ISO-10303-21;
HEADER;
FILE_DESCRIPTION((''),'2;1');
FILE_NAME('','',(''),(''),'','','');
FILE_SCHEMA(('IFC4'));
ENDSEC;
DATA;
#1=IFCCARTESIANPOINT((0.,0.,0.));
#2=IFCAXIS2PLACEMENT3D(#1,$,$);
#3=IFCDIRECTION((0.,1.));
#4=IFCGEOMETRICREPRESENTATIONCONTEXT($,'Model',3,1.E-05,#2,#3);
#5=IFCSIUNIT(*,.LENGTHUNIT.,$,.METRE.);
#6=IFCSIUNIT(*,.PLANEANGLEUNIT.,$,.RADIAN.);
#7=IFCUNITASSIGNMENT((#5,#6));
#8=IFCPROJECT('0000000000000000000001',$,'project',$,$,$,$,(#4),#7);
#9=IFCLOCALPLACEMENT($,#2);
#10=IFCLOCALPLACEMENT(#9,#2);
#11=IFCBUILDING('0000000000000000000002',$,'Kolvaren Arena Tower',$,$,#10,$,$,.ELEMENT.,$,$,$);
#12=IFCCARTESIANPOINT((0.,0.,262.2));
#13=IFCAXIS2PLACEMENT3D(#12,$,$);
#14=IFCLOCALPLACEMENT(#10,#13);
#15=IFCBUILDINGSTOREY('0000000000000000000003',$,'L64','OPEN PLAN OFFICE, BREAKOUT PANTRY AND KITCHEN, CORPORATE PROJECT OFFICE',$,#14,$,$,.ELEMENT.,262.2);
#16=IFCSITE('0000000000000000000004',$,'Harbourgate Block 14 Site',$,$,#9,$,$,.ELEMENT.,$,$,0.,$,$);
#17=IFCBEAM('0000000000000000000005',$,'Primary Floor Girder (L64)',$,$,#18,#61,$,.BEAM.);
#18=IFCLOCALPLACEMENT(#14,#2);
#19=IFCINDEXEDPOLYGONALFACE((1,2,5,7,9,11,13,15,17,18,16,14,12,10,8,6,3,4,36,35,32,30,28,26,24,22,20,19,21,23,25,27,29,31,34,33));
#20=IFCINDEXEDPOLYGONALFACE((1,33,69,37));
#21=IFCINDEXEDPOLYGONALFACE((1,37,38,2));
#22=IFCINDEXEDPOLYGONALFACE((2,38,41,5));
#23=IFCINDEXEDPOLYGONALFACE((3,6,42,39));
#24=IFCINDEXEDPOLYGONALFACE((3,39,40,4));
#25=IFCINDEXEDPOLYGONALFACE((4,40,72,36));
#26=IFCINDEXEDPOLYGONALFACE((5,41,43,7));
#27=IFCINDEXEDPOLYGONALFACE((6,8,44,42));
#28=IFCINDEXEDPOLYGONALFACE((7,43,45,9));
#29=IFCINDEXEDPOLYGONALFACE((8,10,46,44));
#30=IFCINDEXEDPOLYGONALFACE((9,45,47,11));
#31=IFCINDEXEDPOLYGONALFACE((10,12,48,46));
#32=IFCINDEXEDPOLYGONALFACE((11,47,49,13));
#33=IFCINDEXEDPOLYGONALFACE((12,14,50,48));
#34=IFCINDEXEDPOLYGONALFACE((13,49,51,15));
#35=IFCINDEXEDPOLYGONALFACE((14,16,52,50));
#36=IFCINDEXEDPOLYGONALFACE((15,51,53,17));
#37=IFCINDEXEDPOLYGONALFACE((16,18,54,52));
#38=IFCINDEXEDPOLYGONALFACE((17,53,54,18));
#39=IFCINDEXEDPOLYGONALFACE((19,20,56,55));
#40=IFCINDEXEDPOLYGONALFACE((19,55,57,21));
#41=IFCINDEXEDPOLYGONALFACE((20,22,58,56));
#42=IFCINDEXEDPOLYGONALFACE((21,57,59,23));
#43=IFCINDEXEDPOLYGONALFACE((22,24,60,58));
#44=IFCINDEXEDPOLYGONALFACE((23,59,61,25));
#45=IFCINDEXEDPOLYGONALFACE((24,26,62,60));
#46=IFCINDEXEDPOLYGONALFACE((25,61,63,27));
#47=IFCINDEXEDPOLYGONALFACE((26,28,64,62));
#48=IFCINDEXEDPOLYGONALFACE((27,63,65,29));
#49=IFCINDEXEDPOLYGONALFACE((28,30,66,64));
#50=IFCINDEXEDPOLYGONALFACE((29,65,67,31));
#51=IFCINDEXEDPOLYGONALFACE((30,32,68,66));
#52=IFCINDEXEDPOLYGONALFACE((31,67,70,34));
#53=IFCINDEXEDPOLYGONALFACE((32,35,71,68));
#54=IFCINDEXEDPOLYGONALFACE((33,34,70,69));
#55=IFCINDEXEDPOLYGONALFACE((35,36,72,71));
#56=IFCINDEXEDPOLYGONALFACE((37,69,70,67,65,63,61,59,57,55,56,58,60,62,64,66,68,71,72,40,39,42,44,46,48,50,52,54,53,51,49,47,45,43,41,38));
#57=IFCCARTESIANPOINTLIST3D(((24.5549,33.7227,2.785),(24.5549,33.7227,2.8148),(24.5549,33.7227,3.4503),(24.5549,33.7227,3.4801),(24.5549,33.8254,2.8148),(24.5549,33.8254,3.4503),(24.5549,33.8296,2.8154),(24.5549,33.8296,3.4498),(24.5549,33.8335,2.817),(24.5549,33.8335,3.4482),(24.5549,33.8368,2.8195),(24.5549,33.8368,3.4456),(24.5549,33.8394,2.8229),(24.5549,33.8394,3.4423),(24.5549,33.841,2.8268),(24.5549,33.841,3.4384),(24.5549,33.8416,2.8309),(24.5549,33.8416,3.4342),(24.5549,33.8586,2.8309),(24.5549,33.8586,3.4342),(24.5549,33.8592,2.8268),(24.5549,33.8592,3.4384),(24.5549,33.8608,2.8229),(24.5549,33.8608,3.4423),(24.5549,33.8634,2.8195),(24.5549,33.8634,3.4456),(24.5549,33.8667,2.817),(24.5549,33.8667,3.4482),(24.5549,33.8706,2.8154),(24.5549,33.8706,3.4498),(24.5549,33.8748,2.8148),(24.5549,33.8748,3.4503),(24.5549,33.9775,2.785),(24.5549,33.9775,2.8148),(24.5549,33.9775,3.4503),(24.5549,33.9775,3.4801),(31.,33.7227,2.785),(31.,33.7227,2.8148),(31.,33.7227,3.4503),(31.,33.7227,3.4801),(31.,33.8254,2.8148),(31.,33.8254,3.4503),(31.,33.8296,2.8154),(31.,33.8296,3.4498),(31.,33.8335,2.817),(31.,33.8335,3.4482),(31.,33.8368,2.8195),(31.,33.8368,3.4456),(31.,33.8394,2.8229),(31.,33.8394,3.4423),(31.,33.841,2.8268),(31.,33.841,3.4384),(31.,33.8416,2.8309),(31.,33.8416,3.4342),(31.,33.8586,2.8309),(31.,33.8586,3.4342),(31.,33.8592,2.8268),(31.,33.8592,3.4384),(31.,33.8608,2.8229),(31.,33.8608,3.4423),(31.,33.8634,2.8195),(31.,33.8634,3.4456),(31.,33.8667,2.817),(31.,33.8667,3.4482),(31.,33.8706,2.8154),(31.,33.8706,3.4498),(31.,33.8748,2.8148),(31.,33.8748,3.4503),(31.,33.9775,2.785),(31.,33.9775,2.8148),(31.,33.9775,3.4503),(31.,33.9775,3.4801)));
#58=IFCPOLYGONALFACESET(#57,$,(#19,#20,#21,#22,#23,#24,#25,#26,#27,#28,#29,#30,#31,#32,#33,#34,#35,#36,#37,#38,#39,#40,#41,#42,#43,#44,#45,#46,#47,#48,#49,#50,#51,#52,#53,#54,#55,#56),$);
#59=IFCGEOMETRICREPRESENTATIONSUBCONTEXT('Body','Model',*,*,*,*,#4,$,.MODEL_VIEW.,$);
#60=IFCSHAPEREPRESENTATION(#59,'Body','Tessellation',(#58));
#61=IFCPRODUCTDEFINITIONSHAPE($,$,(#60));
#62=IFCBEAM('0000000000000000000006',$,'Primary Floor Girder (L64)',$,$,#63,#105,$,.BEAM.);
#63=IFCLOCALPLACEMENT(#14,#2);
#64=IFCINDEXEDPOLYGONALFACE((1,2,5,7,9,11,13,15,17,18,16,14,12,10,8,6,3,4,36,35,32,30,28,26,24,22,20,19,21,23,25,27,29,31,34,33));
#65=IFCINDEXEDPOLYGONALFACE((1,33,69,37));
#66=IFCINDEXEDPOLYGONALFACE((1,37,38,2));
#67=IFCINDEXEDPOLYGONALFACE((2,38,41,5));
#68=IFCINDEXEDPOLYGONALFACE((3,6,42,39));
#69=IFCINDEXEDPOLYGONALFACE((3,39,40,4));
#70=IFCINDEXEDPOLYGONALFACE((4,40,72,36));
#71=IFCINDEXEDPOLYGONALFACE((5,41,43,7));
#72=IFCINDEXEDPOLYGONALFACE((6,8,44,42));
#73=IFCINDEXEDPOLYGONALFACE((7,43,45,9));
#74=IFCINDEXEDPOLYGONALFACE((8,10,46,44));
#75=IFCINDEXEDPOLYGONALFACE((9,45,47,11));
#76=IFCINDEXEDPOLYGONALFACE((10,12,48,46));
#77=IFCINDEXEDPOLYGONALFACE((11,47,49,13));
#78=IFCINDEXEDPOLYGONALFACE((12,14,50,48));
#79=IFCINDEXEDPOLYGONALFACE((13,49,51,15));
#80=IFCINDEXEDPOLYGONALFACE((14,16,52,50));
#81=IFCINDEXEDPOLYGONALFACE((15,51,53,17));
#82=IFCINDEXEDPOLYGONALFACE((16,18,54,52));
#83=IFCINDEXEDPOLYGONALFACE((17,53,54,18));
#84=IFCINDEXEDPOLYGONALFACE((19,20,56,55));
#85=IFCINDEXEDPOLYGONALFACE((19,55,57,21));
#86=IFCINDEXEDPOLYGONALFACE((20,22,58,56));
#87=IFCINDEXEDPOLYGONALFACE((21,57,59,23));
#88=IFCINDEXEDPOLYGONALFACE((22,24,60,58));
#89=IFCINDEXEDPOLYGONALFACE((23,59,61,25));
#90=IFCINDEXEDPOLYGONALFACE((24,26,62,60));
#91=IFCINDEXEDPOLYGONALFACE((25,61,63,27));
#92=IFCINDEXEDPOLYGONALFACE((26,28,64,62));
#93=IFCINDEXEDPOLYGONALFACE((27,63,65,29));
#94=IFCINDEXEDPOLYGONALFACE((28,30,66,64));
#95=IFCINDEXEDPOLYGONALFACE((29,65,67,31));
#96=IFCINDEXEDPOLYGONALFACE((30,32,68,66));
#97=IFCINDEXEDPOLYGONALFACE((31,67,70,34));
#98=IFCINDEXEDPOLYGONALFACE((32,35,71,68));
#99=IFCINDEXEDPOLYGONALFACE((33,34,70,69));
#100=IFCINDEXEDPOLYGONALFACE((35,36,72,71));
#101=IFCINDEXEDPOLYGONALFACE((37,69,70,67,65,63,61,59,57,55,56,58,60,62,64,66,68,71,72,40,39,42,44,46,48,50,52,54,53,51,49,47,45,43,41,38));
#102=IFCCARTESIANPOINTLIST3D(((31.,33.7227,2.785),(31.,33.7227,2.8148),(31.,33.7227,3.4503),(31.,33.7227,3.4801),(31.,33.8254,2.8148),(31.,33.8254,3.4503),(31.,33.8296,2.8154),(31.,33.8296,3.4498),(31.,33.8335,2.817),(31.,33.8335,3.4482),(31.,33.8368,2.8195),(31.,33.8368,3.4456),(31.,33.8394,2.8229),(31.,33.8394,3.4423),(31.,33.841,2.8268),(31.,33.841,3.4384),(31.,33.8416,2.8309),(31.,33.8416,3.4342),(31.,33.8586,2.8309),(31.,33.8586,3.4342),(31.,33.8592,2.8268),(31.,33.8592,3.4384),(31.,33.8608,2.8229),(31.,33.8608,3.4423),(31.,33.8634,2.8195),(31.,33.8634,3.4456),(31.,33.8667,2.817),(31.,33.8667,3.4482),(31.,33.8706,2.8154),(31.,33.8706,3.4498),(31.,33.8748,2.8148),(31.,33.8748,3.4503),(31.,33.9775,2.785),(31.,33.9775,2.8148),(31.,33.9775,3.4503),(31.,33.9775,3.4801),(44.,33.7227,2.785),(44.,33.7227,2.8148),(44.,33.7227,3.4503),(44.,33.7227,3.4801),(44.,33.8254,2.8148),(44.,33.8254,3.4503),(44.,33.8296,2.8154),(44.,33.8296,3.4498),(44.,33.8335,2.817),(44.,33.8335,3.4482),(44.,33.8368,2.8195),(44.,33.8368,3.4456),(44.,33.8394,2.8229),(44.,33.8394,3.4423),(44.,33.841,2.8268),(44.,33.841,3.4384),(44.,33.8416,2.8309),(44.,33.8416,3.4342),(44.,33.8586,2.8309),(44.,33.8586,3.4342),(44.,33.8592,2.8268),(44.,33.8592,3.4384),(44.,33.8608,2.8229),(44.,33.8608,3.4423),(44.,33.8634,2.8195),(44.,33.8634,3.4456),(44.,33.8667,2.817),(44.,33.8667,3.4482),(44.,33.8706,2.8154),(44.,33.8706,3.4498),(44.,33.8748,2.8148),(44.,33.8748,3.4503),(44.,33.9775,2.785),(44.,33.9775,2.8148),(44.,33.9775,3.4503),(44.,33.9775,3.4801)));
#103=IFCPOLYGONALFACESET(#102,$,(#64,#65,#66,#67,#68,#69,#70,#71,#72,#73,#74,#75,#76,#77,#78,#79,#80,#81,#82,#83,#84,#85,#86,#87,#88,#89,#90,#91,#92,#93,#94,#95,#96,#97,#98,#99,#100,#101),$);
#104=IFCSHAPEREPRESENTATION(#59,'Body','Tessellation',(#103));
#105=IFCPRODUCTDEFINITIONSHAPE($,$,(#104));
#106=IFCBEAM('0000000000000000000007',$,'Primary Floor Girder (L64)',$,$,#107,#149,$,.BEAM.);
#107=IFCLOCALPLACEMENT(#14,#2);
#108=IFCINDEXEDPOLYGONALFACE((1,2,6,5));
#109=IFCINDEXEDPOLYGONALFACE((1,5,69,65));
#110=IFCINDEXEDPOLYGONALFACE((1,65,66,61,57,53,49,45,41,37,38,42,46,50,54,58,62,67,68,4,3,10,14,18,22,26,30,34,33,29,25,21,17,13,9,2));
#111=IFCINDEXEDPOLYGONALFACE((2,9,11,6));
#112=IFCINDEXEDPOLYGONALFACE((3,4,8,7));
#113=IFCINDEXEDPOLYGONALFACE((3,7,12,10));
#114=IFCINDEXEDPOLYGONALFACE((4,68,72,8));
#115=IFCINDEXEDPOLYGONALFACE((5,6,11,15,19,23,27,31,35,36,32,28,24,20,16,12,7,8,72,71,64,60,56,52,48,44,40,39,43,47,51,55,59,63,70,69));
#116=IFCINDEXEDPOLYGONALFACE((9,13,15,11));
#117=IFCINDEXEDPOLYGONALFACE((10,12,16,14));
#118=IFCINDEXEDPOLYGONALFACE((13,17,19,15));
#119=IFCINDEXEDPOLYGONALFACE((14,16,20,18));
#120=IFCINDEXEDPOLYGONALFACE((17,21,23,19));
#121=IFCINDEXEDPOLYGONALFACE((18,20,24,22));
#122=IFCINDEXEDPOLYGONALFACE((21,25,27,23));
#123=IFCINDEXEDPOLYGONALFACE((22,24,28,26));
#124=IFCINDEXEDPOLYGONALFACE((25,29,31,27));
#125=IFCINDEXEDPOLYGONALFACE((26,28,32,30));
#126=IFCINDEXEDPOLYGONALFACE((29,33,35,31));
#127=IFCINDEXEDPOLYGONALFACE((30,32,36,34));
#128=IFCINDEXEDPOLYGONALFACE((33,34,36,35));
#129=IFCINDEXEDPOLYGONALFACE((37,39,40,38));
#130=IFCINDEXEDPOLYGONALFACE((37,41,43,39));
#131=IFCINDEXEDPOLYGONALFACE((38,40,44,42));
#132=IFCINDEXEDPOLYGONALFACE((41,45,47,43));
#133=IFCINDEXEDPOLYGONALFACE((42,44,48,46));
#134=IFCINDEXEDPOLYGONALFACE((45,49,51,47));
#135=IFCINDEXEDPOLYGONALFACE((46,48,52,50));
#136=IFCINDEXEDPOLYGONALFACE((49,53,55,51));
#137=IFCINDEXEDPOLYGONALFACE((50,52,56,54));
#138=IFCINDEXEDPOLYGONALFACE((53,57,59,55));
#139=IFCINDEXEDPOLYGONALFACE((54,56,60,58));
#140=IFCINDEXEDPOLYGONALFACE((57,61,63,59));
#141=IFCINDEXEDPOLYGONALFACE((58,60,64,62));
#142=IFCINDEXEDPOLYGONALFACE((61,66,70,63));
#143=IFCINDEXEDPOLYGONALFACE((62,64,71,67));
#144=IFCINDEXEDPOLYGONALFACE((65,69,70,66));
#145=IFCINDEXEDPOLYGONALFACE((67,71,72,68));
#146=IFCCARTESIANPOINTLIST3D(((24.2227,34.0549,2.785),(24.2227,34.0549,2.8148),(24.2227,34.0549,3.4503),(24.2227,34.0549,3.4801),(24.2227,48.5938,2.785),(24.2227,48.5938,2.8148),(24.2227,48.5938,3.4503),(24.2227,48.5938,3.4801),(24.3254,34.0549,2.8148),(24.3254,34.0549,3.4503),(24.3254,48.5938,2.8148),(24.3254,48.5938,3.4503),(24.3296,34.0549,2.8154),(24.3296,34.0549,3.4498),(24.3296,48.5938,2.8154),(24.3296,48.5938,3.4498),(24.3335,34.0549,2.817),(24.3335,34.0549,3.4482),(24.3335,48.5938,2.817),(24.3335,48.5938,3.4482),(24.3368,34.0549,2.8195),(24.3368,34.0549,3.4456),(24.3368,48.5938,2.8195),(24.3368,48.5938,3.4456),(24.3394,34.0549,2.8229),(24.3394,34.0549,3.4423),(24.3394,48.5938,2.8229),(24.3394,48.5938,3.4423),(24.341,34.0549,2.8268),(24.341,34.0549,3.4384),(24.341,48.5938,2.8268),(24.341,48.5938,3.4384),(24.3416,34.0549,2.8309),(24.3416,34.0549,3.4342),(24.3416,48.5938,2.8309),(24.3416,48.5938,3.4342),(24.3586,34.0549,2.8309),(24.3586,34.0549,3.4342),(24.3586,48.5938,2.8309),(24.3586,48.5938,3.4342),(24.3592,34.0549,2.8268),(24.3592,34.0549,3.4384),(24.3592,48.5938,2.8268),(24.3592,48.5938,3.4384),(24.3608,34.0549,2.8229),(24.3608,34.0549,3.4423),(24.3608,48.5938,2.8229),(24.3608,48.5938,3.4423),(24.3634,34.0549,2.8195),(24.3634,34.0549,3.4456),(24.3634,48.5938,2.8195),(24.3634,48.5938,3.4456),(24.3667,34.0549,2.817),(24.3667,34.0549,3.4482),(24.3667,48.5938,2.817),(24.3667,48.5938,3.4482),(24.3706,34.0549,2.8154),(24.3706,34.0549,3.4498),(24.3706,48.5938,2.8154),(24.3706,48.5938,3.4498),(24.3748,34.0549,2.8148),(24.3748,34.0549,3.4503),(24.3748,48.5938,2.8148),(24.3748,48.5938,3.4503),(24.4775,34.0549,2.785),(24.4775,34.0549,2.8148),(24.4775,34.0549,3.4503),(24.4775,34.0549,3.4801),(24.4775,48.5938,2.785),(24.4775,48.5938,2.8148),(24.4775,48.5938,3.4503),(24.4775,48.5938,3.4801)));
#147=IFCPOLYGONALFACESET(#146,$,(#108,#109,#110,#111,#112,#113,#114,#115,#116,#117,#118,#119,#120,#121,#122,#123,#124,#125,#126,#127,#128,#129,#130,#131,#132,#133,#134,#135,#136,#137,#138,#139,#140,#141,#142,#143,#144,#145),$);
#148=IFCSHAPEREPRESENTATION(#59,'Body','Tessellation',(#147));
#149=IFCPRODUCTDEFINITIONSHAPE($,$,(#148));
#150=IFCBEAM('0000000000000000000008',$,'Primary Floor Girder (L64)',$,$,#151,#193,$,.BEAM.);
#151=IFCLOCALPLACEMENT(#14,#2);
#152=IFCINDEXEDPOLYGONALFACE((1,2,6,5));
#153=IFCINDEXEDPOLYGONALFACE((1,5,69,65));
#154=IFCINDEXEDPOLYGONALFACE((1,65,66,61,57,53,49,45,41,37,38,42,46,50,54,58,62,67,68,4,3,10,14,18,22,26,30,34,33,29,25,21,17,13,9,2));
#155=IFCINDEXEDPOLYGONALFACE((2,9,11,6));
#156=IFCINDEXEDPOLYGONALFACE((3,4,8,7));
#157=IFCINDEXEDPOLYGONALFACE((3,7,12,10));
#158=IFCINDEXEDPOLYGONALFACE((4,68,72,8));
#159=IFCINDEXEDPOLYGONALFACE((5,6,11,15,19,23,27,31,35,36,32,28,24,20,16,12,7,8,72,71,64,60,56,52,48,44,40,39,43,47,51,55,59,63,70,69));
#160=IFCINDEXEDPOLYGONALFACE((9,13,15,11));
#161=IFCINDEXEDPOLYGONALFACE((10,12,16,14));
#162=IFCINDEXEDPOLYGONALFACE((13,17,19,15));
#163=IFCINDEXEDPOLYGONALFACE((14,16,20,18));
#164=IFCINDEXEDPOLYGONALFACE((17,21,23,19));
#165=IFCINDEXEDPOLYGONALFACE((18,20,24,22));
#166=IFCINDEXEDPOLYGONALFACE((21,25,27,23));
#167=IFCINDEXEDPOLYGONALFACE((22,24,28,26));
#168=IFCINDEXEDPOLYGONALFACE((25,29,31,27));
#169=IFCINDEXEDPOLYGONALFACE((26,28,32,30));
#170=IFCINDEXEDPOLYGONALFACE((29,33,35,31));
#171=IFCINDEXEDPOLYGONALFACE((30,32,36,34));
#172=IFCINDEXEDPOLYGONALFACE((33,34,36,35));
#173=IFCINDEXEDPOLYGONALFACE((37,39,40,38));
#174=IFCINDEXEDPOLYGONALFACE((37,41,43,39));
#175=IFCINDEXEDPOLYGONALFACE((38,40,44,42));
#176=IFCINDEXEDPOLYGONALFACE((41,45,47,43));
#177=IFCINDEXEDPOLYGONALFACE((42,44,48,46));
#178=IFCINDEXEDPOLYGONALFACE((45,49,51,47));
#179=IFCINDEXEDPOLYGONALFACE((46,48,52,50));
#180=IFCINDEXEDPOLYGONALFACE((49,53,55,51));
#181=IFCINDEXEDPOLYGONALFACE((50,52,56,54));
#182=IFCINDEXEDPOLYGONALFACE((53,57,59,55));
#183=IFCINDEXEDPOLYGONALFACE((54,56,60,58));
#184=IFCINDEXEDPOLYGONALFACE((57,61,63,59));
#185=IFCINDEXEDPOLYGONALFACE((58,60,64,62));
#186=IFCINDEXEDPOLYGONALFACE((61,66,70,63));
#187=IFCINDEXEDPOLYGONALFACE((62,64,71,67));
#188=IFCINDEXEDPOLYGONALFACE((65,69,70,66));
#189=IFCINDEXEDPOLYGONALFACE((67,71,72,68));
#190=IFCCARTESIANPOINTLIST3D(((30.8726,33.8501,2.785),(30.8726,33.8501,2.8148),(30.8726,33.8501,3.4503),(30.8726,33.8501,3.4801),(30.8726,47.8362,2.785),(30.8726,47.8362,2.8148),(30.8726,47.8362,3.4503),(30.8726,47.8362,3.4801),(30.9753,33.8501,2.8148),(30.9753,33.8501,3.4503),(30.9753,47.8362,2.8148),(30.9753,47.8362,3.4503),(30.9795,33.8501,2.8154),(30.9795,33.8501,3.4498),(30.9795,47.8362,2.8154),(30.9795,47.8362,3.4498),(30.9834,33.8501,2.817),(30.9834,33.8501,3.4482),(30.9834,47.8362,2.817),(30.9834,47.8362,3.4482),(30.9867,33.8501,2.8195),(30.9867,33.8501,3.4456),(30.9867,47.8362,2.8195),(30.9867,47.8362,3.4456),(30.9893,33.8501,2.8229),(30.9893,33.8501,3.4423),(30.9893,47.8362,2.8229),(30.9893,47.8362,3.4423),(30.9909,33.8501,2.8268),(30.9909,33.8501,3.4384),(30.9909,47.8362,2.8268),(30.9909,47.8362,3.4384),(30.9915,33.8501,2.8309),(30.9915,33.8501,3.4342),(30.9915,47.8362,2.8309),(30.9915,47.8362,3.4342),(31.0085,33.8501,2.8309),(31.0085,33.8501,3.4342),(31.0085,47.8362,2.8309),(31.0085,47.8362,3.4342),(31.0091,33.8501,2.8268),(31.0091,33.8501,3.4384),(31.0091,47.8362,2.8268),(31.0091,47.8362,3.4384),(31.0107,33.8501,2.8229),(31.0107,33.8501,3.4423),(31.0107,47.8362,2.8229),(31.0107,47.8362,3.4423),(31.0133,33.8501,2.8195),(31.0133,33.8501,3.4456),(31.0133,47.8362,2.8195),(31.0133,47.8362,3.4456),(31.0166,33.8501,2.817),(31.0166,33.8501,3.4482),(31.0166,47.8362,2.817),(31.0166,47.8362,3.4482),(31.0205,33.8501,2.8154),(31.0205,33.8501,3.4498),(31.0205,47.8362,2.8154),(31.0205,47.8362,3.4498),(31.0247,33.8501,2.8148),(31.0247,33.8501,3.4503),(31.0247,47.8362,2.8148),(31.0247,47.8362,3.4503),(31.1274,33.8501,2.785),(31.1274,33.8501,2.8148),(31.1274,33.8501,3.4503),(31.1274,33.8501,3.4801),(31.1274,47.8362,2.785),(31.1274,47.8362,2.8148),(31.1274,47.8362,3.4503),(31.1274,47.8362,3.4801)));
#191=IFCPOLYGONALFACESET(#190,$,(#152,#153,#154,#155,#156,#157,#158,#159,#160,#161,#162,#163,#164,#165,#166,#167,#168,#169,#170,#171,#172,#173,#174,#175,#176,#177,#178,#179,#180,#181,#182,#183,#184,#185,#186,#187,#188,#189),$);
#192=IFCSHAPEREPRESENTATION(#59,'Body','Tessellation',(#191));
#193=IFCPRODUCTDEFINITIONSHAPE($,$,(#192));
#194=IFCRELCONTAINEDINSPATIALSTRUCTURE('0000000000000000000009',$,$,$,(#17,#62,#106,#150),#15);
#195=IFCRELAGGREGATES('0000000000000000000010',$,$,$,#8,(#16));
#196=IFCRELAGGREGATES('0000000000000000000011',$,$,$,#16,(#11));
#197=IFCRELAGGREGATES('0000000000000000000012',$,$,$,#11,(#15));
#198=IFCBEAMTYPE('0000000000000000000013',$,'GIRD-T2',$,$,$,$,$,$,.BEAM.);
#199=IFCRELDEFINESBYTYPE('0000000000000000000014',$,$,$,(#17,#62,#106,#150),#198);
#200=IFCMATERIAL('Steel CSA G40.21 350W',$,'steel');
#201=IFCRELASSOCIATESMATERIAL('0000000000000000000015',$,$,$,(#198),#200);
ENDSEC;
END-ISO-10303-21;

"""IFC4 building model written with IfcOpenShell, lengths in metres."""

from ifc_helpers import new_model, si_unit, direction, frame, origin, origin_2d, place, context, subcontext, project, spatial, i_section, extrude, material, material_profile, profile_set, type_object, element, save


model = new_model("IFC4")

# Units and contexts
model_context = context("Model", 3, precision=1e-05, world=origin(), true_north=direction((0.0, 1.0)))
body_context = subcontext(model_context, "Body", "Model", "MODEL_VIEW")
ifc_project = project(units=[si_unit("LENGTHUNIT", "METRE"), si_unit("PLANEANGLEUNIT", "RADIAN")], contexts=[model_context])

# Site, building, storey
site_placement = place(None, origin())
site = spatial("IfcSite", under=ifc_project, at=site_placement, Name="Harbourgate Block 14 Site", CompositionType="ELEMENT", RefElevation=0.0)
building_placement = place(site_placement, origin())
building = spatial("IfcBuilding", under=site, at=building_placement, Name="Kolvaren Arena Tower", CompositionType="ELEMENT")
storey_placement = place(building_placement, frame((0.0, 0.0, 262.2)))
storey = spatial("IfcBuildingStorey", under=building, at=storey_placement, Name="L64", Description="OPEN PLAN OFFICE, BREAKOUT PANTRY AND KITCHEN, CORPORATE PROJECT OFFICE", CompositionType="ELEMENT", Elevation=262.2)

# Beams
ifc_material_1 = material(Name="Steel CSA G40.21 350W", Category="steel")
ifc_material_profile_1 = material_profile(ifc_material_1, i_section(OverallWidth=0.2549, OverallDepth=0.6951, WebThickness=0.0171, FlangeThickness=0.0298, FilletRadius=0.0161, at=origin_2d()), Name="W690x217")
ifc_profile_set_1 = profile_set([ifc_material_profile_1], Name="Steel CSA G40.21 350W")
beam_type_1 = type_object("IfcBeamType", Name="GIRD-T2", PredefinedType="BEAM", material=ifc_profile_set_1)
beam_1_placement = place(storey_placement, frame((24.5549, 33.8501, 3.1326), z_axis=(1.0, 0.0, 0.0), x_axis=(0.0, 1.0, 0.0)))
element("IfcBeam", 1, at=beam_1_placement, inside=storey, type_object=beam_type_1, Name="Primary Floor Girder (L64)", PredefinedType="BEAM", context=body_context, shape_type="SweptSolid", body=[
    extrude(i_section(OverallWidth=0.2549, OverallDepth=0.6951, WebThickness=0.0171, FlangeThickness=0.0298, FilletRadius=0.0161, at=origin_2d()), origin(), (0.0, 0.0, 1.0), 6.4451),
])
beam_2_placement = place(storey_placement, frame((31.0, 33.8501, 3.1326), z_axis=(1.0, 0.0, 0.0), x_axis=(0.0, 1.0, 0.0)))
element("IfcBeam", 2, at=beam_2_placement, inside=storey, type_object=beam_type_1, Name="Primary Floor Girder (L64)", PredefinedType="BEAM", context=body_context, shape_type="SweptSolid", body=[
    extrude(i_section(OverallWidth=0.2549, OverallDepth=0.6951, WebThickness=0.0171, FlangeThickness=0.0298, FilletRadius=0.0161, at=origin_2d()), origin(), (0.0, 0.0, 1.0), 13.0),
])
beam_3_placement = place(storey_placement, frame((24.3501, 34.0549, 3.1326), z_axis=(0.0, 1.0, 0.0), x_axis=(-1.0, 0.0, 0.0)))
element("IfcBeam", 3, at=beam_3_placement, inside=storey, type_object=beam_type_1, Name="Primary Floor Girder (L64)", PredefinedType="BEAM", context=body_context, shape_type="SweptSolid", body=[
    extrude(i_section(OverallWidth=0.2549, OverallDepth=0.6951, WebThickness=0.0171, FlangeThickness=0.0298, FilletRadius=0.0161, at=origin_2d()), origin(), (0.0, 0.0, 1.0), 14.5388),
])
beam_4_placement = place(storey_placement, frame((31.0, 33.8501, 3.1326), z_axis=(0.0, 1.0, 0.0), x_axis=(-1.0, 0.0, 0.0)))
element("IfcBeam", 4, at=beam_4_placement, inside=storey, type_object=beam_type_1, Name="Primary Floor Girder (L64)", PredefinedType="BEAM", context=body_context, shape_type="SweptSolid", body=[
    extrude(i_section(OverallWidth=0.2549, OverallDepth=0.6951, WebThickness=0.0171, FlangeThickness=0.0298, FilletRadius=0.0161, at=origin_2d()), origin(), (0.0, 0.0, 1.0), 13.9861),
])

save(model, "model.ifc")
